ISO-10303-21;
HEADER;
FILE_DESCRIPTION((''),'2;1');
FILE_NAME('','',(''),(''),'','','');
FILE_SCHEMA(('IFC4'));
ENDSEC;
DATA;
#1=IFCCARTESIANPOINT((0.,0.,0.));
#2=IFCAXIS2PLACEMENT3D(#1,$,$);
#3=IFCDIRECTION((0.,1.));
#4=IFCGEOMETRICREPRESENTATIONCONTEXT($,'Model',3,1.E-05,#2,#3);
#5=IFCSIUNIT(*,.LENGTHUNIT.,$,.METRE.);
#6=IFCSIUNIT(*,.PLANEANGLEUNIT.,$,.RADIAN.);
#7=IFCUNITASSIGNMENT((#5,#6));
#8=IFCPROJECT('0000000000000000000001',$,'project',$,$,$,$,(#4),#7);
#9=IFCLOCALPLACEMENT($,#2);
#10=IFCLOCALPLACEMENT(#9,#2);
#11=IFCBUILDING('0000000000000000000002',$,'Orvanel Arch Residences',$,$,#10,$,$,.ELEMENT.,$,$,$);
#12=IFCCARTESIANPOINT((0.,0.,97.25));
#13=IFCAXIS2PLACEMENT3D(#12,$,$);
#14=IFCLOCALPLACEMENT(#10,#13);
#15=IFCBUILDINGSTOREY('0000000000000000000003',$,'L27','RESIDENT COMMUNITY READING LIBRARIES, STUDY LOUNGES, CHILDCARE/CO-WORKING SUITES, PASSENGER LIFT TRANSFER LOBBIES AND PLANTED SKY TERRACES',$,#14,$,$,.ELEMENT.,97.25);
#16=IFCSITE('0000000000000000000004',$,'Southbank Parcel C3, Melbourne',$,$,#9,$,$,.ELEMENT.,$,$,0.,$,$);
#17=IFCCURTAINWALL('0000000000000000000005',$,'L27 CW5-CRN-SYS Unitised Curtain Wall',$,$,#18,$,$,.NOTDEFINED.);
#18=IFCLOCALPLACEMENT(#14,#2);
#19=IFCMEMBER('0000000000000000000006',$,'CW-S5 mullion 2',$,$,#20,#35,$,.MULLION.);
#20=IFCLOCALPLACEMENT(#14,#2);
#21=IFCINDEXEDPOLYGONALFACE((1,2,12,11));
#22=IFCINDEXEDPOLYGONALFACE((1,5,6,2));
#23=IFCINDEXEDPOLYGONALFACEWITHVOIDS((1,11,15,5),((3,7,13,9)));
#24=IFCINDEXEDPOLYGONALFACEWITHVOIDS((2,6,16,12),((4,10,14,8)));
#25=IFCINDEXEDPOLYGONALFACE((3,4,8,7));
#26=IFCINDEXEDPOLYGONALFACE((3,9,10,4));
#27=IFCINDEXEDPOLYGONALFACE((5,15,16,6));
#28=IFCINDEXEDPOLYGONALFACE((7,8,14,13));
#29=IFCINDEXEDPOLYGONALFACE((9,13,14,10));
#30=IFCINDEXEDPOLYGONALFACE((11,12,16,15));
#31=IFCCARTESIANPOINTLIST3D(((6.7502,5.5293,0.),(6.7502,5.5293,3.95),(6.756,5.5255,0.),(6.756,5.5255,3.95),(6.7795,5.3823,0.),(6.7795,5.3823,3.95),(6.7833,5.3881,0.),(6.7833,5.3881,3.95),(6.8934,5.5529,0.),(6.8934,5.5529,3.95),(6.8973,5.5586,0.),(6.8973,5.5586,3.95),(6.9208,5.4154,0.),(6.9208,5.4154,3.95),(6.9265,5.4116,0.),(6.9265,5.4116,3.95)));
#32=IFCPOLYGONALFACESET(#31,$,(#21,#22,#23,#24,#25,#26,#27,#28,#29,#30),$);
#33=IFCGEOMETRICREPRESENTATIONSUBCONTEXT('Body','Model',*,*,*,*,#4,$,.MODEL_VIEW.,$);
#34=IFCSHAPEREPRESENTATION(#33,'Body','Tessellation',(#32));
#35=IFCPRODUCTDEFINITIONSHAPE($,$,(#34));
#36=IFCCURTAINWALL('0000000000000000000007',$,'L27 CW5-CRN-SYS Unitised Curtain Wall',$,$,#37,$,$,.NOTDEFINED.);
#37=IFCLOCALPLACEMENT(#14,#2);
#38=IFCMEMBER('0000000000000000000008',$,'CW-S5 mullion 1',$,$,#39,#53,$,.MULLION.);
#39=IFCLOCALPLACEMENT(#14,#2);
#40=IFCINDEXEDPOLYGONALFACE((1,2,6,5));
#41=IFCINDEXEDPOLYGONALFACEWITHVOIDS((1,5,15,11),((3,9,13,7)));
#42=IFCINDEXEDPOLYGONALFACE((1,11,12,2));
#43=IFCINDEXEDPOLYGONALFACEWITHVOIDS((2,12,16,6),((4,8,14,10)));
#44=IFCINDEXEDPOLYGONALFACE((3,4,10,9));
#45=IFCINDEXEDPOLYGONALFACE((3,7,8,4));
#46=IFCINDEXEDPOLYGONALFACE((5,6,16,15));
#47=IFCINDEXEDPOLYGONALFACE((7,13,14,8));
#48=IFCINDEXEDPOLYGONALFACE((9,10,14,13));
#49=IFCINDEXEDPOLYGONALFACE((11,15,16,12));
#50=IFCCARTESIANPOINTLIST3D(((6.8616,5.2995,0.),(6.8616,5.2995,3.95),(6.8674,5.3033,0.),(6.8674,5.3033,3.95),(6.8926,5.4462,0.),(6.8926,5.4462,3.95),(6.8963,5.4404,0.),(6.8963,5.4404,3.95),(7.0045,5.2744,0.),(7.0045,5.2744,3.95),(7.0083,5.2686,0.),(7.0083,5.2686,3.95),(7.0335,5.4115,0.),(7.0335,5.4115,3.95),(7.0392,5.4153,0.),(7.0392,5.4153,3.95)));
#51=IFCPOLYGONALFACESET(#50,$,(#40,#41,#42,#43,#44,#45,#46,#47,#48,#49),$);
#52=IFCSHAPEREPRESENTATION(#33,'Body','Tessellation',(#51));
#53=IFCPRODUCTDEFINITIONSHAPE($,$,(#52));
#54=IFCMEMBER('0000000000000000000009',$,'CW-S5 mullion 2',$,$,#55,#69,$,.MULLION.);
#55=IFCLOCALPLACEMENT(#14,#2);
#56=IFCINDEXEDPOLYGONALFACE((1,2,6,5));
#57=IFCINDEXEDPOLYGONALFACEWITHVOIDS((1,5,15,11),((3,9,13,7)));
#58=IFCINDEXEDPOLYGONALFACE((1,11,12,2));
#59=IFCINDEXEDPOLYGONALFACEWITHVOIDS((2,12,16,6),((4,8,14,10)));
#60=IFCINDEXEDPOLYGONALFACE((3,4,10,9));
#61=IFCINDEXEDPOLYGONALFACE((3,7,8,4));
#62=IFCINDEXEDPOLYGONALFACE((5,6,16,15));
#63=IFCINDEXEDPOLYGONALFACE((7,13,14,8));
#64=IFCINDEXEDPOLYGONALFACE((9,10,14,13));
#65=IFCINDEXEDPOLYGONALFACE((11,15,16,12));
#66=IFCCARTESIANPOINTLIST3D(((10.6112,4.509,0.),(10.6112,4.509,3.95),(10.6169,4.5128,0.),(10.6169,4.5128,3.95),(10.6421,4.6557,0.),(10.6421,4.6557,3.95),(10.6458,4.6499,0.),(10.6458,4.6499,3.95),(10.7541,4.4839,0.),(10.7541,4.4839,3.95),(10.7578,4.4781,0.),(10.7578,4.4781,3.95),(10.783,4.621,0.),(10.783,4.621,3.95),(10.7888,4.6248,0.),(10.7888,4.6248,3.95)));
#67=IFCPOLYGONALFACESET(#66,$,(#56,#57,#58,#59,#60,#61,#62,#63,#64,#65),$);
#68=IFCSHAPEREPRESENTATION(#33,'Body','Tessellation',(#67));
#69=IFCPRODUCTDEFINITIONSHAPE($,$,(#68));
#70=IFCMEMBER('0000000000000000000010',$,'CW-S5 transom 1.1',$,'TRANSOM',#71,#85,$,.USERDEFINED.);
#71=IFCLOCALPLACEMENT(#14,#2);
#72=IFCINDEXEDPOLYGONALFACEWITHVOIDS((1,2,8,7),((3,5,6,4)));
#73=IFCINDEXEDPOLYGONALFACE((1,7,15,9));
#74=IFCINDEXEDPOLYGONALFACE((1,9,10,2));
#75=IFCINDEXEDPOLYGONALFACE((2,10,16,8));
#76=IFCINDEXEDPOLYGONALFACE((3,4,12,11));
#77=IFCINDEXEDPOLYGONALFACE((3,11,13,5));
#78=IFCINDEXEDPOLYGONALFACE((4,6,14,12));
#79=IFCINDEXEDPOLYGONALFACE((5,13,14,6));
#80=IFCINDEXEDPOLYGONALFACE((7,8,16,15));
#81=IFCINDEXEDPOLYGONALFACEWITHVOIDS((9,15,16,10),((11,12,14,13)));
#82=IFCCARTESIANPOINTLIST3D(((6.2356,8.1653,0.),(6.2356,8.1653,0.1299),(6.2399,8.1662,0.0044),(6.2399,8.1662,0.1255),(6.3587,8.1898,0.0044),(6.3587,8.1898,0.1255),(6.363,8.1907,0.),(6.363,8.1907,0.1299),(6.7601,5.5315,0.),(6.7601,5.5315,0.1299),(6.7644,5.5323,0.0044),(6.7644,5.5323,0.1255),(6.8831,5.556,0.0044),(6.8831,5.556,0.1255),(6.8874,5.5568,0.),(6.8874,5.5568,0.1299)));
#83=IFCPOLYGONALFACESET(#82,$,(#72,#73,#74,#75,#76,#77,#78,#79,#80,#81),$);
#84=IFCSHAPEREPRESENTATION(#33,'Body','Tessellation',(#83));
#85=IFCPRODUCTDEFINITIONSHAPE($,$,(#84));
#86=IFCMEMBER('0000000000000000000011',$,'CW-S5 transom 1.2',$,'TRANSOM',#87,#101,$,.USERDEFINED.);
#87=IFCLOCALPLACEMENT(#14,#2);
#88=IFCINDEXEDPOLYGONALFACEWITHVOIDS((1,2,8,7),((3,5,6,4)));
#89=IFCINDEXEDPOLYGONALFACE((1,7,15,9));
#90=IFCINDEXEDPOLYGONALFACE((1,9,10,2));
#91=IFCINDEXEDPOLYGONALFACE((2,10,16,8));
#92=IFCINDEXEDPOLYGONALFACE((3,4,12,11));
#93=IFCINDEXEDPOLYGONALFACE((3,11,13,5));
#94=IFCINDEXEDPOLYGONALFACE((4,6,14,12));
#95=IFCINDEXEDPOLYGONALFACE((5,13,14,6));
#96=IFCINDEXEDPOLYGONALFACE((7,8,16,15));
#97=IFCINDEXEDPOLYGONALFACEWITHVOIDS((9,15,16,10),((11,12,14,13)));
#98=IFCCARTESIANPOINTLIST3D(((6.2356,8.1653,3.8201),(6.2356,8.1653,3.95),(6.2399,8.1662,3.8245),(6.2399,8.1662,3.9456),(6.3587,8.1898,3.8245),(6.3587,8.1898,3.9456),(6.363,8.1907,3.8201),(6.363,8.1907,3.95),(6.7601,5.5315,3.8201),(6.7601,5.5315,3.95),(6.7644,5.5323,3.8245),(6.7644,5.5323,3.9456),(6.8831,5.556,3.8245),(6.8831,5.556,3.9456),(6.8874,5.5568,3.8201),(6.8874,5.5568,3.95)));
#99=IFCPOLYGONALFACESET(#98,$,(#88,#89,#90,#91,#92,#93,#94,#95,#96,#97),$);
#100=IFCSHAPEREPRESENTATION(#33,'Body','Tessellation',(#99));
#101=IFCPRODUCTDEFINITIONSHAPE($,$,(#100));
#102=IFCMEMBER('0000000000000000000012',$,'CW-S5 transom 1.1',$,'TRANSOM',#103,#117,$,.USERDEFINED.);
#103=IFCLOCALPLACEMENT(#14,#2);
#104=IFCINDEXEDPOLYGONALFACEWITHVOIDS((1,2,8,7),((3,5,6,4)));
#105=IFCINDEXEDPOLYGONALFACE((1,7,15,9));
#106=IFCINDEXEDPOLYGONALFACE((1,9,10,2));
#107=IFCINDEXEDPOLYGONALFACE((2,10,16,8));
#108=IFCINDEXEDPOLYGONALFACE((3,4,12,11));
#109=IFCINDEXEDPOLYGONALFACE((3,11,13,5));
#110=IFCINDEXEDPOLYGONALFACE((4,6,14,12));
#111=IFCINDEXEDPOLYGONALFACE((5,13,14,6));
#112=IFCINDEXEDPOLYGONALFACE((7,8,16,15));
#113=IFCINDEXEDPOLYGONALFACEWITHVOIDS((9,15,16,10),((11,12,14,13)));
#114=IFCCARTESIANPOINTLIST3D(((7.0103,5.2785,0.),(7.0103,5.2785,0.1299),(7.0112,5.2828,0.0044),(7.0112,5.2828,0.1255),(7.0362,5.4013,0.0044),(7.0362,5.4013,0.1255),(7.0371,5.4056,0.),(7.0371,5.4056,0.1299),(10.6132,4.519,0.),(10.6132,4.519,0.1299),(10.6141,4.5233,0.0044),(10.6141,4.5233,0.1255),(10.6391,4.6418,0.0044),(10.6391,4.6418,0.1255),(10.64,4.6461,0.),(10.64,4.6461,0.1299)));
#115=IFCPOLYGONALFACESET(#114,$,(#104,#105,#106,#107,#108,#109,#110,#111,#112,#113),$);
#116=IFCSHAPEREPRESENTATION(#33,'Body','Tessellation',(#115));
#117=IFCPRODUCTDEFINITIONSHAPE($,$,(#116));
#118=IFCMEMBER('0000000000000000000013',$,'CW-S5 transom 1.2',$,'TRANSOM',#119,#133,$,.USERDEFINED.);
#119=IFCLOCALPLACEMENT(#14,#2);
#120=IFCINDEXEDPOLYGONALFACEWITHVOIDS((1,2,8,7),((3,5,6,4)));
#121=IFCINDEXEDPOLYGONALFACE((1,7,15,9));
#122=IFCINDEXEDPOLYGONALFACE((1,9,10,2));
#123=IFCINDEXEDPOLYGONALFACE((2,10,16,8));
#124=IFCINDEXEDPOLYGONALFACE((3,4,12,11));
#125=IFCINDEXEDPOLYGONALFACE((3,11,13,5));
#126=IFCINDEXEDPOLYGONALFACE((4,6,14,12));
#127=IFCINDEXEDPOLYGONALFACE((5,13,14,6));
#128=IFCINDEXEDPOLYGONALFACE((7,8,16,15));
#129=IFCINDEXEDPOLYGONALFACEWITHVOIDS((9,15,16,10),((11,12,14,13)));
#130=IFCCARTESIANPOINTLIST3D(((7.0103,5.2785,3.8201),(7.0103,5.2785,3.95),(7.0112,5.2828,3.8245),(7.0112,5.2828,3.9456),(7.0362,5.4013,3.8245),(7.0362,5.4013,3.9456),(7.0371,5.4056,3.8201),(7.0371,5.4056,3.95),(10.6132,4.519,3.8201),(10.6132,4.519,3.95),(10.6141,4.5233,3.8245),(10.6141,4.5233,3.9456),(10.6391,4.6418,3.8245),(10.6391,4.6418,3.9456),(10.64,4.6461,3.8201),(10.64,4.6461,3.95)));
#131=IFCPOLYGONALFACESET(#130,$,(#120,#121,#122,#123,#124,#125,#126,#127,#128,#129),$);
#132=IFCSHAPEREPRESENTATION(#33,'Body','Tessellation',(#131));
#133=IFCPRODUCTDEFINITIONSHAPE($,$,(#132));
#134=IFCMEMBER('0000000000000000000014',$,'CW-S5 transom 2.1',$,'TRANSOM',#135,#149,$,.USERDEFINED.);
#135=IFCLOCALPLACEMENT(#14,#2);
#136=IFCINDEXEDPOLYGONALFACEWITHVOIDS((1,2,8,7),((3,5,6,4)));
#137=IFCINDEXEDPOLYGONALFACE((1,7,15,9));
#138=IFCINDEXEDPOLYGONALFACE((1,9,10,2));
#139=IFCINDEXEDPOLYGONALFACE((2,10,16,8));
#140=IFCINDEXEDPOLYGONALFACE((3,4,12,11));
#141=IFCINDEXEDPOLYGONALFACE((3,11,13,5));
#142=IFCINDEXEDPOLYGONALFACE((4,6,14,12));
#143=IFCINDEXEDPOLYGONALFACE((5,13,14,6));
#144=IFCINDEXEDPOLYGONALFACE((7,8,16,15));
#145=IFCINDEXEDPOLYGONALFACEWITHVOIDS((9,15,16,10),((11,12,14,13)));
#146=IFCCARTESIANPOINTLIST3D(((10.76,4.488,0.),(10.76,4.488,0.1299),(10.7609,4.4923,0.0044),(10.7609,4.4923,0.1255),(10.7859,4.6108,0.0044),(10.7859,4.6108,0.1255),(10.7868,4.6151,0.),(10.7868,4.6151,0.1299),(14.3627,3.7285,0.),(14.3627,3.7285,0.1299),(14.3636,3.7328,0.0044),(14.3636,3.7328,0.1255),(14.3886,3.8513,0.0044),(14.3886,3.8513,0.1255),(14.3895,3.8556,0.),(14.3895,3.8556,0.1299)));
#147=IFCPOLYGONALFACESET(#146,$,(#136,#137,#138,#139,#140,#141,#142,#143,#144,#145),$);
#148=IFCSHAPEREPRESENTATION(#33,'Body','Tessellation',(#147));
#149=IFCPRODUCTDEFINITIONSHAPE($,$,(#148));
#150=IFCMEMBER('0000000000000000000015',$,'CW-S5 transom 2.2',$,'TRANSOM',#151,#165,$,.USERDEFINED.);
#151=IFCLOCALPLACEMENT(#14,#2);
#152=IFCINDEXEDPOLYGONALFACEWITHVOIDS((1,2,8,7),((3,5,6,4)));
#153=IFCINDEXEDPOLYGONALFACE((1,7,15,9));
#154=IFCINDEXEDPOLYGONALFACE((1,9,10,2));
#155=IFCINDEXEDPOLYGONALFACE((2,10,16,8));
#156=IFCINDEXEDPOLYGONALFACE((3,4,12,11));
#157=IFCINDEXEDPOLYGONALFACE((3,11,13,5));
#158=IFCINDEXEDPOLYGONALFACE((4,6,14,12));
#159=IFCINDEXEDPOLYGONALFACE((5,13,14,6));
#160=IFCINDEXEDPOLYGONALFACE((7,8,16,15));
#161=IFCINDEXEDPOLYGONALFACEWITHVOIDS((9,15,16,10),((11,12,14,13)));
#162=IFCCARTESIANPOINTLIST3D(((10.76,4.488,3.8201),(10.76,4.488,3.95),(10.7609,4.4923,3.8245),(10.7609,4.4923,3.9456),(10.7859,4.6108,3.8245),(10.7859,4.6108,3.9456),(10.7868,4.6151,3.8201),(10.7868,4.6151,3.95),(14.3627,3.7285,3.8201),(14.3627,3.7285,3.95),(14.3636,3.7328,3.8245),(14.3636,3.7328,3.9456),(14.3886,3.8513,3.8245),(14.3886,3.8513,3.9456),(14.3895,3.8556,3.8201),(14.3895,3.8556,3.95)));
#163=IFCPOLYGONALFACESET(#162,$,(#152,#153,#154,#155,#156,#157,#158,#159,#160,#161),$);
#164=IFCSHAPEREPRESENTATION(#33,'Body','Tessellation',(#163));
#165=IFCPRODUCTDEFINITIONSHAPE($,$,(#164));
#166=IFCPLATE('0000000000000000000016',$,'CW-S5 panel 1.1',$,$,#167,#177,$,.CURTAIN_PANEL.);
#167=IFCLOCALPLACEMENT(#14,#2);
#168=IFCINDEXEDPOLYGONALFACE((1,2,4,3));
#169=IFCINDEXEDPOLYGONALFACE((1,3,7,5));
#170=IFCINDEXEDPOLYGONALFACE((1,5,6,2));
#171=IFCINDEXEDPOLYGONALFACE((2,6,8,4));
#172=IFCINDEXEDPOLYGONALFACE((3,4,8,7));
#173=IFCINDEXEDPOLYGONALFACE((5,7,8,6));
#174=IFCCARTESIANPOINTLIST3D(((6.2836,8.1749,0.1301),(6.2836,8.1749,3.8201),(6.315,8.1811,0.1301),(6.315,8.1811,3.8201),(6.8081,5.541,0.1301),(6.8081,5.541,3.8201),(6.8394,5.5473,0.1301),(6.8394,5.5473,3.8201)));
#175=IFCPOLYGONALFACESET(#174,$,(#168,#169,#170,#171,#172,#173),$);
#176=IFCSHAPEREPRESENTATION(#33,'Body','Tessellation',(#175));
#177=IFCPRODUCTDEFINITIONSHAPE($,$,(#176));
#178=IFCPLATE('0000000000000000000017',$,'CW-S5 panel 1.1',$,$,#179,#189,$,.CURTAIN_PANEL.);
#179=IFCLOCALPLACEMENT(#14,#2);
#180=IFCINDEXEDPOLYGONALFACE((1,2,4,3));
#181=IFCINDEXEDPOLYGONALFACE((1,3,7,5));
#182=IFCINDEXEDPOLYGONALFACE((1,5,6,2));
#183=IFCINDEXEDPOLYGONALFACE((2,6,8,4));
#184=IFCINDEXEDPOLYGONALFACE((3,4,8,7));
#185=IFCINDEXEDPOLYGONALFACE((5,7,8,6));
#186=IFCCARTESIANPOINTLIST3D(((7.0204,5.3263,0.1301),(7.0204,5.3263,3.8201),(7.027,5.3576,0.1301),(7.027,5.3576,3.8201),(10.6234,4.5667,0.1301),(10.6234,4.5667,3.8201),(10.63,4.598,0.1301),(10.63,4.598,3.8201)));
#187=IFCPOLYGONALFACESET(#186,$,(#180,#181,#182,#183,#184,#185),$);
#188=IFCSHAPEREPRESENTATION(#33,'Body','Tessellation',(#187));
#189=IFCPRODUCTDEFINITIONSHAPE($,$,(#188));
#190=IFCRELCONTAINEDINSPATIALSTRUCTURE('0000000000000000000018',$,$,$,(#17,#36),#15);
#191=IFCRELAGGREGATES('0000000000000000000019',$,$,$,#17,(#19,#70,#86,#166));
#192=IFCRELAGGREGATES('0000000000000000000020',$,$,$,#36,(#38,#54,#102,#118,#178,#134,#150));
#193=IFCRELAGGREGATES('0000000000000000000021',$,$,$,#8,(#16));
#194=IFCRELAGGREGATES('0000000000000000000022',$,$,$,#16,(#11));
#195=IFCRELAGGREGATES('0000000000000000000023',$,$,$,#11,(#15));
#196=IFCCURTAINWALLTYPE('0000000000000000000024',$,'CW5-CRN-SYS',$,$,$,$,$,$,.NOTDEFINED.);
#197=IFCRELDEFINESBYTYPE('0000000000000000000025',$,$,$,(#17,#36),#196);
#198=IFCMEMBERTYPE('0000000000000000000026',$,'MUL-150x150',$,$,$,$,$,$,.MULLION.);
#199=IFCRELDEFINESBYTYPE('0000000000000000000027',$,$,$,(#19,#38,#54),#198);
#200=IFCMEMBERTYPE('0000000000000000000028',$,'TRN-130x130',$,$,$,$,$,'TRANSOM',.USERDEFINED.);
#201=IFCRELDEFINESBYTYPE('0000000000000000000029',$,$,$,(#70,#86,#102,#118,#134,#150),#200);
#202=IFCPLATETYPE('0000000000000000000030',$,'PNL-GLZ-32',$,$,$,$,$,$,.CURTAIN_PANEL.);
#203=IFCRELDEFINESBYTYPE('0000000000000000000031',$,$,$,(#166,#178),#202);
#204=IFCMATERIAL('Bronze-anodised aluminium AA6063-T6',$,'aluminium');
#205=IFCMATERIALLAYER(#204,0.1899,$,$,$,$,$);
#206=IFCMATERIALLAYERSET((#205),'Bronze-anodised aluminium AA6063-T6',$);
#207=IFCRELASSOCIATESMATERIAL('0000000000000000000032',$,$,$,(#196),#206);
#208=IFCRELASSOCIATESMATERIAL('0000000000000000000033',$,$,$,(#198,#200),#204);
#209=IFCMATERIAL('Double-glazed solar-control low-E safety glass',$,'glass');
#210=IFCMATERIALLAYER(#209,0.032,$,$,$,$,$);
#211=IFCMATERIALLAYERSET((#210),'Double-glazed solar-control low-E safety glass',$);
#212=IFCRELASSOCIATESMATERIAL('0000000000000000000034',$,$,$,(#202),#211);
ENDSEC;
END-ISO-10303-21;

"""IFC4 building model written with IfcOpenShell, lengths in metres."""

from ifc_helpers import new_model, si_unit, direction, frame, origin, origin_2d, place, context, subcontext, project, spatial, rectangle, hollow_rectangle, extrude, material, layer, layer_set, material_profile, profile_set, type_object, element, aggregate, save


model = new_model("IFC4")

# Units and contexts
model_context = context("Model", 3, precision=1e-05, world=origin(), true_north=direction((0.0, 1.0)))
body_context = subcontext(model_context, "Body", "Model", "MODEL_VIEW")
ifc_project = project(units=[si_unit("LENGTHUNIT", "METRE"), si_unit("PLANEANGLEUNIT", "RADIAN")], contexts=[model_context])

# Site, building, storey
site_placement = place(None, origin())
site = spatial("IfcSite", under=ifc_project, at=site_placement, Name="Southbank Parcel C3, Melbourne", CompositionType="ELEMENT", RefElevation=0.0)
building_placement = place(site_placement, origin())
building = spatial("IfcBuilding", under=site, at=building_placement, Name="Orvanel Arch Residences", CompositionType="ELEMENT")
storey_placement = place(building_placement, frame((0.0, 0.0, 97.25)))
storey = spatial("IfcBuildingStorey", under=building, at=storey_placement, Name="L27", Description="RESIDENT COMMUNITY READING LIBRARIES, STUDY LOUNGES, CHILDCARE/CO-WORKING SUITES, PASSENGER LIFT TRANSFER LOBBIES AND PLANTED SKY TERRACES", CompositionType="ELEMENT", Elevation=97.25)

# Curtain wall, member
ifc_material_1 = material(Name="Bronze-anodised aluminium AA6063-T6", Category="aluminium")
ifc_layer_1 = layer(ifc_material_1, 0.1899)
ifc_layer_set_1 = layer_set([ifc_layer_1], Name="Bronze-anodised aluminium AA6063-T6")
curtain_wall_type = type_object("IfcCurtainWallType", Name="CW5-CRN-SYS", PredefinedType="NOTDEFINED", material=ifc_layer_set_1)
curtain_wall_1_placement = place(storey_placement, origin())
curtain_wall_1 = element("IfcCurtainWall", 1, at=curtain_wall_1_placement, inside=storey, type_object=curtain_wall_type, Name="L27 CW5-CRN-SYS Unitised Curtain Wall", PredefinedType="NOTDEFINED")
ifc_material_profile_1 = material_profile(ifc_material_1, hollow_rectangle(XDim=0.1499, YDim=0.1499, WallThickness=0.0049, at=origin_2d()), Name="ALU150x150x5")
ifc_profile_set_1 = profile_set([ifc_material_profile_1], Name="Bronze-anodised aluminium AA6063-T6")
member_type_1 = type_object("IfcMemberType", Name="MUL-150x150", PredefinedType="MULLION", material=ifc_profile_set_1)
member_1_placement = place(storey_placement, frame((6.8384, 5.4705, 0.0), z_axis=(0.0, 0.0, 1.0), x_axis=(0.980748, 0.195279, 0.0)))
member_1 = element("IfcMember", 2, at=member_1_placement, type_object=member_type_1, Name="CW-S5 mullion 2", PredefinedType="MULLION", context=body_context, shape_type="SweptSolid", body=[
    extrude(hollow_rectangle(XDim=0.1499, YDim=0.1499, WallThickness=0.0049, at=origin_2d()), origin(), (0.0, 0.0, 1.0), 3.95),
])

# Curtain wall, members
curtain_wall_2_placement = place(storey_placement, origin())
curtain_wall_2 = element("IfcCurtainWall", 3, at=curtain_wall_2_placement, inside=storey, type_object=curtain_wall_type, Name="L27 CW5-CRN-SYS Unitised Curtain Wall", PredefinedType="NOTDEFINED")
member_2_placement = place(storey_placement, frame((6.9504, 5.3574, 0.0), z_axis=(0.0, 0.0, 1.0), x_axis=(0.206294, 0.97849, 0.0)))
member_2 = element("IfcMember", 4, at=member_2_placement, type_object=member_type_1, Name="CW-S5 mullion 1", PredefinedType="MULLION", context=body_context, shape_type="SweptSolid", body=[
    extrude(hollow_rectangle(XDim=0.1499, YDim=0.1499, WallThickness=0.0049, at=origin_2d()), origin(), (0.0, 0.0, 1.0), 3.95),
])
member_3_placement = place(storey_placement, frame((10.7, 4.5669, 0.0), z_axis=(0.0, 0.0, 1.0), x_axis=(0.206294, 0.97849, 0.0)))
member_3 = element("IfcMember", 5, at=member_3_placement, type_object=member_type_1, Name="CW-S5 mullion 2", PredefinedType="MULLION", context=body_context, shape_type="SweptSolid", body=[
    extrude(hollow_rectangle(XDim=0.1499, YDim=0.1499, WallThickness=0.0049, at=origin_2d()), origin(), (0.0, 0.0, 1.0), 3.95),
])

# Members
ifc_material_profile_2 = material_profile(ifc_material_1, hollow_rectangle(XDim=0.1299, YDim=0.1299, WallThickness=0.0044, at=origin_2d()), Name="ALU130x130x4.5")
ifc_profile_set_2 = profile_set([ifc_material_profile_2], Name="Bronze-anodised aluminium AA6063-T6")
member_type_2 = type_object("IfcMemberType", Name="TRN-130x130", ElementType="TRANSOM", PredefinedType="USERDEFINED", material=ifc_profile_set_2)
member_4_placement = place(storey_placement, frame((6.2993, 8.178, 0.0649), z_axis=(0.195277, -0.980748, 0.0), x_axis=(0.980748, 0.195277, 0.0)))
member_4 = element("IfcMember", 6, at=member_4_placement, type_object=member_type_2, Name="CW-S5 transom 1.1", ObjectType="TRANSOM", PredefinedType="USERDEFINED", context=body_context, shape_type="SweptSolid", body=[
    extrude(hollow_rectangle(XDim=0.1299, YDim=0.1299, WallThickness=0.0044, at=origin_2d()), origin(), (0.0, 0.0, 1.0), 2.6855),
])
member_5_placement = place(storey_placement, frame((6.2993, 8.178, 3.885), z_axis=(0.195277, -0.980748, 0.0), x_axis=(0.980748, 0.195277, 0.0)))
member_5 = element("IfcMember", 7, at=member_5_placement, type_object=member_type_2, Name="CW-S5 transom 1.2", ObjectType="TRANSOM", PredefinedType="USERDEFINED", context=body_context, shape_type="SweptSolid", body=[
    extrude(hollow_rectangle(XDim=0.1299, YDim=0.1299, WallThickness=0.0044, at=origin_2d()), origin(), (0.0, 0.0, 1.0), 2.6855),
])
member_6_placement = place(storey_placement, frame((7.0237, 5.342, 0.0649), z_axis=(0.978496, -0.206268, 0.0), x_axis=(0.206268, 0.978496, 0.0)))
member_6 = element("IfcMember", 8, at=member_6_placement, type_object=member_type_2, Name="CW-S5 transom 1.1", ObjectType="TRANSOM", PredefinedType="USERDEFINED", context=body_context, shape_type="SweptSolid", body=[
    extrude(hollow_rectangle(XDim=0.1299, YDim=0.1299, WallThickness=0.0044, at=origin_2d()), origin(), (0.0, 0.0, 1.0), 3.6821),
])
member_7_placement = place(storey_placement, frame((7.0237, 5.342, 3.885), z_axis=(0.978496, -0.206268, 0.0), x_axis=(0.206268, 0.978496, 0.0)))
member_7 = element("IfcMember", 9, at=member_7_placement, type_object=member_type_2, Name="CW-S5 transom 1.2", ObjectType="TRANSOM", PredefinedType="USERDEFINED", context=body_context, shape_type="SweptSolid", body=[
    extrude(hollow_rectangle(XDim=0.1299, YDim=0.1299, WallThickness=0.0044, at=origin_2d()), origin(), (0.0, 0.0, 1.0), 3.6821),
])
member_8_placement = place(storey_placement, frame((10.7734, 4.5515, 0.0649), z_axis=(0.978493, -0.206281, 0.0), x_axis=(0.206281, 0.978493, 0.0)))
member_8 = element("IfcMember", 10, at=member_8_placement, type_object=member_type_2, Name="CW-S5 transom 2.1", ObjectType="TRANSOM", PredefinedType="USERDEFINED", context=body_context, shape_type="SweptSolid", body=[
    extrude(hollow_rectangle(XDim=0.1299, YDim=0.1299, WallThickness=0.0044, at=origin_2d()), origin(), (0.0, 0.0, 1.0), 3.6819),
])
member_9_placement = place(storey_placement, frame((10.7734, 4.5515, 3.885), z_axis=(0.978493, -0.206281, 0.0), x_axis=(0.206281, 0.978493, 0.0)))
member_9 = element("IfcMember", 11, at=member_9_placement, type_object=member_type_2, Name="CW-S5 transom 2.2", ObjectType="TRANSOM", PredefinedType="USERDEFINED", context=body_context, shape_type="SweptSolid", body=[
    extrude(hollow_rectangle(XDim=0.1299, YDim=0.1299, WallThickness=0.0044, at=origin_2d()), origin(), (0.0, 0.0, 1.0), 3.6819),
])

# Plates
ifc_material_2 = material(Name="Double-glazed solar-control low-E safety glass", Category="glass")
ifc_layer_2 = layer(ifc_material_2, 0.032)
ifc_layer_set_2 = layer_set([ifc_layer_2], Name="Double-glazed solar-control low-E safety glass")
plate_type = type_object("IfcPlateType", Name="PNL-GLZ-32", PredefinedType="CURTAIN_PANEL", material=ifc_layer_set_2)
plate_1_placement = place(storey_placement, frame((6.5615, 6.8611, 0.1301), z_axis=(0.0, 0.0, 1.0), x_axis=(0.195279, -0.980748, 0.0)))
plate_1 = element("IfcPlate", 12, at=plate_1_placement, type_object=plate_type, Name="CW-S5 panel 1.1", PredefinedType="CURTAIN_PANEL", context=body_context, shape_type="SweptSolid", body=[
    extrude(rectangle(XDim=2.6855, YDim=0.032, at=origin_2d()), origin(), (0.0, 0.0, 1.0), 3.6899),
])
aggregate(curtain_wall_1, [member_1, member_4, member_5, plate_1])
plate_2_placement = place(storey_placement, frame((8.8252, 4.9622, 0.1301), z_axis=(0.0, 0.0, 1.0), x_axis=(0.97849, -0.206294, 0.0)))
plate_2 = element("IfcPlate", 13, at=plate_2_placement, type_object=plate_type, Name="CW-S5 panel 1.1", PredefinedType="CURTAIN_PANEL", context=body_context, shape_type="SweptSolid", body=[
    extrude(rectangle(XDim=3.6821, YDim=0.032, at=origin_2d()), origin(), (0.0, 0.0, 1.0), 3.6899),
])
aggregate(curtain_wall_2, [member_2, member_3, member_6, member_7, plate_2, member_8, member_9])

save(model, "model.ifc")
